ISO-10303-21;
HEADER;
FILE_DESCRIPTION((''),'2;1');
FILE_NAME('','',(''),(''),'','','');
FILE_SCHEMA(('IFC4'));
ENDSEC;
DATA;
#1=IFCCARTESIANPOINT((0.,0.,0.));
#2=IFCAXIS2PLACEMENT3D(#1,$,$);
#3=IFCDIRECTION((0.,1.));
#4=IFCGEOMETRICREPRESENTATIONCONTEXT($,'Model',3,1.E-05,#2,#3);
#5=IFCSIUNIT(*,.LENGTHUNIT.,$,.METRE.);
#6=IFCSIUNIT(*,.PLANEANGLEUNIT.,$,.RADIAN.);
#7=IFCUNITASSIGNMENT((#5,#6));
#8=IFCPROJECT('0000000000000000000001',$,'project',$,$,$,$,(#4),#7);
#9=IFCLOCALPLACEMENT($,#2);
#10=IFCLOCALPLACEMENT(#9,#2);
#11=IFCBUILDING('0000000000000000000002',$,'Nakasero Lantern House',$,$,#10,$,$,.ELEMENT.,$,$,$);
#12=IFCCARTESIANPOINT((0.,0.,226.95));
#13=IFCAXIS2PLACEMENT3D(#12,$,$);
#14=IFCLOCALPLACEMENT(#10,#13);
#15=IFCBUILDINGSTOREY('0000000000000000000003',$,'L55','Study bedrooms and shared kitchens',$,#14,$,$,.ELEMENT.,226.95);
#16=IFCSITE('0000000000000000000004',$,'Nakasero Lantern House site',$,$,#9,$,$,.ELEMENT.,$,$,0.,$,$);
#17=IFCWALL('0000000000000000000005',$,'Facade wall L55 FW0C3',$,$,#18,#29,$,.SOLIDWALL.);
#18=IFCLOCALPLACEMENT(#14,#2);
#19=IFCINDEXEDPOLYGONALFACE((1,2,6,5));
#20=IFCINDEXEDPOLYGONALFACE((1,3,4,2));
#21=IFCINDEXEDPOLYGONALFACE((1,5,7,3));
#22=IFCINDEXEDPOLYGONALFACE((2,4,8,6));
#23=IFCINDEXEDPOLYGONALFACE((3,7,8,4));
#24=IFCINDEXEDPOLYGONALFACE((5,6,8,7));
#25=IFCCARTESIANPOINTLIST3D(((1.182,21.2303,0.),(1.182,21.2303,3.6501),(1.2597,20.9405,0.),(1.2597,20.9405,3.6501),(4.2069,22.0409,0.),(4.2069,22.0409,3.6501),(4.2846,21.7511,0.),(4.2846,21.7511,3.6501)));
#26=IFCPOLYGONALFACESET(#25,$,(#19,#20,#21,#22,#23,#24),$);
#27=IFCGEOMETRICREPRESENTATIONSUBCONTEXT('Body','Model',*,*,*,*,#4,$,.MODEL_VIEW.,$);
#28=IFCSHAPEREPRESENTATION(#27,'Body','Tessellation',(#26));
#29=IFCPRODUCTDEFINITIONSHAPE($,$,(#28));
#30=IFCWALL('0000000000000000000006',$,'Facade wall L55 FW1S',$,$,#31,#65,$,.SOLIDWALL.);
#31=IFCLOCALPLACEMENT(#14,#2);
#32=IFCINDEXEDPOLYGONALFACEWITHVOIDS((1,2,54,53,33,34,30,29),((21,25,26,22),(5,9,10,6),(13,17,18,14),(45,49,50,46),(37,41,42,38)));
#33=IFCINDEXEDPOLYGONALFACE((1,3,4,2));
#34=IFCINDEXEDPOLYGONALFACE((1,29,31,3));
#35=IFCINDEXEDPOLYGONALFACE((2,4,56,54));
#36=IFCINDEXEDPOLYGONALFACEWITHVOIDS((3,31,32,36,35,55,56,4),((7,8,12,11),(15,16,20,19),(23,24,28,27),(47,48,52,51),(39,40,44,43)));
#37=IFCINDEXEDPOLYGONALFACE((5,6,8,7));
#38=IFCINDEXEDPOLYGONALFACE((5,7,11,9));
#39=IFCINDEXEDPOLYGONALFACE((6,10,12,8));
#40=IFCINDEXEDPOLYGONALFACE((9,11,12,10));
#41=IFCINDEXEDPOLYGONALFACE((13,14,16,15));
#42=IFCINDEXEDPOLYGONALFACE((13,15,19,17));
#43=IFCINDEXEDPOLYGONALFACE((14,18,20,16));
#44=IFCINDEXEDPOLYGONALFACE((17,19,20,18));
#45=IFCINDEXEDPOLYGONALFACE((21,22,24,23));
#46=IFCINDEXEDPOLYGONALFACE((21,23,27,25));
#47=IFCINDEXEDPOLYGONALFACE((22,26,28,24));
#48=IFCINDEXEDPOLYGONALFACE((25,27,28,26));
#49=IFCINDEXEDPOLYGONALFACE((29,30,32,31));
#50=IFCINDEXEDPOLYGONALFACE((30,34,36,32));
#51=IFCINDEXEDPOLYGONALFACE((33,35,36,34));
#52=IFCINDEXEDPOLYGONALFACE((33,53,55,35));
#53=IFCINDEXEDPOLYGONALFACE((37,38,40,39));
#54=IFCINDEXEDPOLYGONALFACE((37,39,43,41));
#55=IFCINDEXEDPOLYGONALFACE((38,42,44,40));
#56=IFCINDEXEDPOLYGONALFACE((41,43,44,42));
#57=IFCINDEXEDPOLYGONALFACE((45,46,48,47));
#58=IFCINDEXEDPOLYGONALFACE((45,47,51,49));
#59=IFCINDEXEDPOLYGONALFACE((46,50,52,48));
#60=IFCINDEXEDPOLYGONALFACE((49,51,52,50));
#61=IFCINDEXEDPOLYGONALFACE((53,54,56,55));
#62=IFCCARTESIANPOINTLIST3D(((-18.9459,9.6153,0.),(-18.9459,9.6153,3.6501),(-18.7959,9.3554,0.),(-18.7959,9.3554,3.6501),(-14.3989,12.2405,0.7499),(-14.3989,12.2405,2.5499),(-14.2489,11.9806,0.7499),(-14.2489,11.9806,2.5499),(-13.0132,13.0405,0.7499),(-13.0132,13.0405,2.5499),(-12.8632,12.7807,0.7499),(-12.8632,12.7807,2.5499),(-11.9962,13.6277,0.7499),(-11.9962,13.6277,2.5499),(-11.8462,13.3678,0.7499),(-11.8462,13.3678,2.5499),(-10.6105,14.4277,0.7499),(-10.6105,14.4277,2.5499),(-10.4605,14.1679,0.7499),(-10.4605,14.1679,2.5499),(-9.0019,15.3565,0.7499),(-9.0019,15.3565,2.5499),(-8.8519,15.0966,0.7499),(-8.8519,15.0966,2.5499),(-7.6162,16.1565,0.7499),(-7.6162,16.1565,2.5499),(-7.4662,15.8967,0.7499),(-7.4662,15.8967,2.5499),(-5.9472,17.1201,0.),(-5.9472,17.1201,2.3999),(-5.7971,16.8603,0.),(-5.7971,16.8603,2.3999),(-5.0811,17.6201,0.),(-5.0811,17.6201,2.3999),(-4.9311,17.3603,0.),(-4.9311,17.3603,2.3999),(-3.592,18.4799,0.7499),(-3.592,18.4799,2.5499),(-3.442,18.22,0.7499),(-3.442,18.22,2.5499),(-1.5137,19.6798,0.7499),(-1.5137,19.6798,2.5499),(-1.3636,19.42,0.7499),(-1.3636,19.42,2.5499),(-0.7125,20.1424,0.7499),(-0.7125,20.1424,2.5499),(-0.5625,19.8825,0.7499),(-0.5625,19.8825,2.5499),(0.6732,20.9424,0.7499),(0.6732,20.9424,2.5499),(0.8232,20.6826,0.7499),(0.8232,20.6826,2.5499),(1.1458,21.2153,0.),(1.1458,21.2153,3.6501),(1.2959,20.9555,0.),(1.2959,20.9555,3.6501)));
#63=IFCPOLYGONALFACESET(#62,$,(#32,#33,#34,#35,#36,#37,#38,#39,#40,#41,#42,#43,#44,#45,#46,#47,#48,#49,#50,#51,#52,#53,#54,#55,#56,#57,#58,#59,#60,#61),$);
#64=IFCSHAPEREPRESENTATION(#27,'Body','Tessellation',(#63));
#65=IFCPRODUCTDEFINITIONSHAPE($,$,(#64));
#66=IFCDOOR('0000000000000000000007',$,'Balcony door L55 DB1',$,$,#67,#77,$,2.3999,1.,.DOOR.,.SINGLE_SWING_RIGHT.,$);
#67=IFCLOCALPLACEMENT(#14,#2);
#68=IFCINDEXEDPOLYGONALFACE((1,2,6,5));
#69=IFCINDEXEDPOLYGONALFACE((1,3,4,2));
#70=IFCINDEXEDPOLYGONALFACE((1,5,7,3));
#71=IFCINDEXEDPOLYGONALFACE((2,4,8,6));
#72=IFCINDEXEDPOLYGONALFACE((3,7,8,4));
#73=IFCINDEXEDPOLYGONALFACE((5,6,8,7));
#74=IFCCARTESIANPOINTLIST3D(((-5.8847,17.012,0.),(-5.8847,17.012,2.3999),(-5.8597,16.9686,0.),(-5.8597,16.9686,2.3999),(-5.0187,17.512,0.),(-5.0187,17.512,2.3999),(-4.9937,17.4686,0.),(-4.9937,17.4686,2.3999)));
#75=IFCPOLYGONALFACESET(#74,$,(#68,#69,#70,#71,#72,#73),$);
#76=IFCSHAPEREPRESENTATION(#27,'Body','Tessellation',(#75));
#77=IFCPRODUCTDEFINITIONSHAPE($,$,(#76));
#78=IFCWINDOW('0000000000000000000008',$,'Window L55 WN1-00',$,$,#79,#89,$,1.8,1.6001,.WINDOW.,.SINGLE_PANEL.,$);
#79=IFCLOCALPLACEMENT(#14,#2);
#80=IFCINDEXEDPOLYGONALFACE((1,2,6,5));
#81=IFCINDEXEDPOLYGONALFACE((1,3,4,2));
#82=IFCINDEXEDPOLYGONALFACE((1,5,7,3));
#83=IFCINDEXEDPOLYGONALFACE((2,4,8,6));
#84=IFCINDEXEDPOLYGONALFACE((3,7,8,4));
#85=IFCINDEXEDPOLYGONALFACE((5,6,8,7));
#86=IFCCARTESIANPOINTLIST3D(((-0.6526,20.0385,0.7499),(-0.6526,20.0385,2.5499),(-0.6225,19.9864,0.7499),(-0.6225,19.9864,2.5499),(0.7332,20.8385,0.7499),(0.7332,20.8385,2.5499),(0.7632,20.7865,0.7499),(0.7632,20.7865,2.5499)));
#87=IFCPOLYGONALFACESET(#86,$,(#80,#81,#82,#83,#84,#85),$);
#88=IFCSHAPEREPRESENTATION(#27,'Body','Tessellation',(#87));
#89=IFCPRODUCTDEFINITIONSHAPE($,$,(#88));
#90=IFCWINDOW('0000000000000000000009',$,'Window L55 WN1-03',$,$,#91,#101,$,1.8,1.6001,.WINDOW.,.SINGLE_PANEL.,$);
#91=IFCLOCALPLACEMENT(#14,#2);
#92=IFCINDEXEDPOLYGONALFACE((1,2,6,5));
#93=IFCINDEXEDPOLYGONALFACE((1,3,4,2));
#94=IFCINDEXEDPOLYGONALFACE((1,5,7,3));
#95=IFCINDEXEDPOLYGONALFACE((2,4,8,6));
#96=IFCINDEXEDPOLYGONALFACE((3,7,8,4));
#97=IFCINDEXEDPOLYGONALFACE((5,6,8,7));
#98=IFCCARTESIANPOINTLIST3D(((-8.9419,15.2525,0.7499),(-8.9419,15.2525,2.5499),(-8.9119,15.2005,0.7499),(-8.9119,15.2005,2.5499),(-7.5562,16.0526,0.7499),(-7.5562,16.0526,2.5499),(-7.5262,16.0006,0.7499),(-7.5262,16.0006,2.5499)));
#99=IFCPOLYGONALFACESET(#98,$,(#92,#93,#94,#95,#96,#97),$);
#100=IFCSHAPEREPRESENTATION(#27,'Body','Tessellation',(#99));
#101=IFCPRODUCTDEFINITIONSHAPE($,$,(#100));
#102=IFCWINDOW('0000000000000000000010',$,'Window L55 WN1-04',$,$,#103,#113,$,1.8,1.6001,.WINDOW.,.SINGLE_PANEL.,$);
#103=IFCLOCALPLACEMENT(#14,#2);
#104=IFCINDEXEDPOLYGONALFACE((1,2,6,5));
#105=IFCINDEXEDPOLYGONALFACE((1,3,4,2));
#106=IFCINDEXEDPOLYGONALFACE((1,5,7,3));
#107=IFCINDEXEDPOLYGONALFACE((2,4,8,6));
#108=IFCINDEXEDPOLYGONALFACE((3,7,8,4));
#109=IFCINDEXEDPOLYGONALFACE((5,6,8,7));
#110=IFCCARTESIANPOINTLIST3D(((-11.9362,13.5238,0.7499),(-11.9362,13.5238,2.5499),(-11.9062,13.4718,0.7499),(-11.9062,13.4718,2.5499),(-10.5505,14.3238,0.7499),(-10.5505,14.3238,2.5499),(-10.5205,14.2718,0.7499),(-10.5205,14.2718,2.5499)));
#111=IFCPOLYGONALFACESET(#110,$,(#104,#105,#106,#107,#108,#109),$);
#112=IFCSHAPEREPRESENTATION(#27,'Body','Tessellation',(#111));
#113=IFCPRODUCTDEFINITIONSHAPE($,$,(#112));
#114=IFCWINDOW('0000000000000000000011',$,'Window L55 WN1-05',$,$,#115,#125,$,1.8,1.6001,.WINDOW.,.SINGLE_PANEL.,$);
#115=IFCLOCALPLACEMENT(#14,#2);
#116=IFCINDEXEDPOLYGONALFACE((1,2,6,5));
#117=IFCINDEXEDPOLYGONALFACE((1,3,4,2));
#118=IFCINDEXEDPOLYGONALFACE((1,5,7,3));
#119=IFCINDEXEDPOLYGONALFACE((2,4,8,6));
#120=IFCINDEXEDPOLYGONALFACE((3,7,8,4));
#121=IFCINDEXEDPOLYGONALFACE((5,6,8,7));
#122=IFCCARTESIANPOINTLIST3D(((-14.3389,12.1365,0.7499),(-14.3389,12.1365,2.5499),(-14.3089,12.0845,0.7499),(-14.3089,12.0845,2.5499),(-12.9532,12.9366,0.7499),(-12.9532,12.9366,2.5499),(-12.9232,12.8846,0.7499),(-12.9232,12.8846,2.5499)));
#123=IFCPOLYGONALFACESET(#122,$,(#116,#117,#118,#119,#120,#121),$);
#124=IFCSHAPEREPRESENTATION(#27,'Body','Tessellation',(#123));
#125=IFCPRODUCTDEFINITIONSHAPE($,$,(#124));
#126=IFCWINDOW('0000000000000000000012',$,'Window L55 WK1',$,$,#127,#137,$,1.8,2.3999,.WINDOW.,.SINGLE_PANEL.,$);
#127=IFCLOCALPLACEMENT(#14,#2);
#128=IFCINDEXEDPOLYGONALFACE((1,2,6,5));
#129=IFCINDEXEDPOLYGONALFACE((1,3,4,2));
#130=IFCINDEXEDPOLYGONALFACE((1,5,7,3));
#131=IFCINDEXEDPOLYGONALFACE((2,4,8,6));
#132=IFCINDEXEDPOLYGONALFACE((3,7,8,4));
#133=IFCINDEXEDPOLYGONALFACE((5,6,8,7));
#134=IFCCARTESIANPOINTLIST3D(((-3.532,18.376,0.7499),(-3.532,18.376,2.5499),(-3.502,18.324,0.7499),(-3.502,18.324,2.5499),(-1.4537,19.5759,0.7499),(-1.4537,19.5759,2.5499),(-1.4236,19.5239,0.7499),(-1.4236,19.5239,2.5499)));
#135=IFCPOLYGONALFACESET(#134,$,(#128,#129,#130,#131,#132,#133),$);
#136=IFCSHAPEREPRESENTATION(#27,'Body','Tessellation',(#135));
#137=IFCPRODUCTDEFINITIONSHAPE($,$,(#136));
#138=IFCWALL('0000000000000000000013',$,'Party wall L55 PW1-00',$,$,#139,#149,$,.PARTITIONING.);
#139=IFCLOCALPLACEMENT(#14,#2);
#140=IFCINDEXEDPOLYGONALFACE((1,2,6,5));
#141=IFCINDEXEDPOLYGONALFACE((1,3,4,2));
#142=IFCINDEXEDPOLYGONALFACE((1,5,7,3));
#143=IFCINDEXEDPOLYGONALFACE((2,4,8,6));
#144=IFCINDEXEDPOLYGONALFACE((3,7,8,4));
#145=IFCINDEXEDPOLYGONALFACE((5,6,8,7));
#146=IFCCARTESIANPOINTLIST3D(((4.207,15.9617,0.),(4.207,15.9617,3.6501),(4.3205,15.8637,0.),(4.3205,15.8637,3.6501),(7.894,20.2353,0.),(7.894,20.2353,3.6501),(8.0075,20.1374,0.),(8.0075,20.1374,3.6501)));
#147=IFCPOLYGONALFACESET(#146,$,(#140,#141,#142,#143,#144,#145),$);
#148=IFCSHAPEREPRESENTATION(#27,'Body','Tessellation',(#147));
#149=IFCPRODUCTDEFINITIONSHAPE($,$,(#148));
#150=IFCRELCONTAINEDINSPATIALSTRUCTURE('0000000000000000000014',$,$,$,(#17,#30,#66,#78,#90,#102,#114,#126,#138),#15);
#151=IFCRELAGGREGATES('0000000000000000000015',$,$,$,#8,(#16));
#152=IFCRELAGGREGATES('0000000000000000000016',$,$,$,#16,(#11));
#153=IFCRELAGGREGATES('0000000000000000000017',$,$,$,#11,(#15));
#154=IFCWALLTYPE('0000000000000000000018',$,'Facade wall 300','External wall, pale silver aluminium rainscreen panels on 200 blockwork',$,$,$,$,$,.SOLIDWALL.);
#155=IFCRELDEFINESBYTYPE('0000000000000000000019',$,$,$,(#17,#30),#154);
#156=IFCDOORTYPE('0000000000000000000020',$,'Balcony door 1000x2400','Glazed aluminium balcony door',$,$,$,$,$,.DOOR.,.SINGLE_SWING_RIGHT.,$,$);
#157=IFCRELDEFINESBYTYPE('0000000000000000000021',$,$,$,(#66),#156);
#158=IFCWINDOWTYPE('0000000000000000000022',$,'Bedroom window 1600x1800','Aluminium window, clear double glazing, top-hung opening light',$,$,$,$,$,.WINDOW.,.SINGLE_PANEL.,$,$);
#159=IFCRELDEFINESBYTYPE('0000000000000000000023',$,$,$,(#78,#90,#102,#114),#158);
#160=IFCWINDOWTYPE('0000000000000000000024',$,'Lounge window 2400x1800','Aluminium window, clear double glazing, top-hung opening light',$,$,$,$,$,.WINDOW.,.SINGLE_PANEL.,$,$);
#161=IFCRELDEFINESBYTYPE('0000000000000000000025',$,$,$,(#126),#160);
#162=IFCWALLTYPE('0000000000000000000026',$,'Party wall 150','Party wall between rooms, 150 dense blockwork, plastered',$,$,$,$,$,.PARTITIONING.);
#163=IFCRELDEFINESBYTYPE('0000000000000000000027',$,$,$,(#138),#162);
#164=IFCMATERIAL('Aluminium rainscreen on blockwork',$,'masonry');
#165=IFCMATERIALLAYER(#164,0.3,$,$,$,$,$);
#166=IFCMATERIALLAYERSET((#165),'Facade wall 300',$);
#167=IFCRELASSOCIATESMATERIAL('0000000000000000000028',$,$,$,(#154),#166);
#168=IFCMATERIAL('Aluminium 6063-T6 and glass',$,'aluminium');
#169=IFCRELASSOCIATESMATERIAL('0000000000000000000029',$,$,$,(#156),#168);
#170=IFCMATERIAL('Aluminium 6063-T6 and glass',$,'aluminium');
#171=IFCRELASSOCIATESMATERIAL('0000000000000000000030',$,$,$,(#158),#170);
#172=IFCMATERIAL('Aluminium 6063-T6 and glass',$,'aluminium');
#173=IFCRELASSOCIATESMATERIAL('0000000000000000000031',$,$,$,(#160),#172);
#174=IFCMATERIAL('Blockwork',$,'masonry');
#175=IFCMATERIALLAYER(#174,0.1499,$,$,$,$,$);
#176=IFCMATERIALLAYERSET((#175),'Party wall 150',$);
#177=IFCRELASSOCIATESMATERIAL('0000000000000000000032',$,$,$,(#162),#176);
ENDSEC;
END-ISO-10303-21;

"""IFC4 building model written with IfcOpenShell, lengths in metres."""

from ifc_helpers import new_model, si_unit, direction, frame, frame_2d, origin, place, context, subcontext, project, spatial, rectangle, extrude, material, layer, layer_set, type_object, element, fill, save


model = new_model("IFC4")

# Units and contexts
model_context = context("Model", 3, precision=1e-05, world=origin(), true_north=direction((0.0, 1.0)))
body_context = subcontext(model_context, "Body", "Model", "MODEL_VIEW")
ifc_project = project(units=[si_unit("LENGTHUNIT", "METRE"), si_unit("PLANEANGLEUNIT", "RADIAN")], contexts=[model_context])

# Site, building, storey
site_placement = place(None, origin())
site = spatial("IfcSite", under=ifc_project, at=site_placement, Name="Nakasero Lantern House site", CompositionType="ELEMENT", RefElevation=0.0)
building_placement = place(site_placement, origin())
building = spatial("IfcBuilding", under=site, at=building_placement, Name="Nakasero Lantern House", CompositionType="ELEMENT")
storey_placement = place(building_placement, frame((0.0, 0.0, 226.95)))
storey = spatial("IfcBuildingStorey", under=building, at=storey_placement, Name="L55", Description="Study bedrooms and shared kitchens", CompositionType="ELEMENT", Elevation=226.95)

# Wall
ifc_material_1 = material(Name="Aluminium rainscreen on blockwork", Category="masonry")
ifc_layer_1 = layer(ifc_material_1, 0.3)
ifc_layer_set_1 = layer_set([ifc_layer_1], Name="Facade wall 300")
wall_type_1 = type_object("IfcWallType", Name="Facade wall 300", Description="External wall, pale silver aluminium rainscreen panels on 200 blockwork", PredefinedType="SOLIDWALL", material=ifc_layer_set_1)
wall_1_placement = place(storey_placement, frame((4.2458, 21.896, 0.0), z_axis=(0.0, 0.0, 1.0), x_axis=(-0.965924, -0.258827, 0.0)))
element("IfcWall", 1, at=wall_1_placement, inside=storey, type_object=wall_type_1, Name="Facade wall L55 FW0C3", PredefinedType="SOLIDWALL", context=body_context, shape_type="SweptSolid", body=[
    extrude(rectangle(XDim=3.1316, YDim=0.3, at=frame_2d((1.5659, 0.0))), origin(), (0.0, 0.0, 1.0), 3.6501),
])

# Wall, openings, door, windows
wall_2_placement = place(storey_placement, frame((1.2209, 21.0854, 0.0), z_axis=(0.0, 0.0, 1.0), x_axis=(-0.866024, -0.500003, 0.0)))
wall_2 = element("IfcWall", 2, at=wall_2_placement, inside=storey, type_object=wall_type_1, Name="Facade wall L55 FW1S", PredefinedType="SOLIDWALL", context=body_context, shape_type="SweptSolid", body=[
    extrude(rectangle(XDim=23.2, YDim=0.3, at=frame_2d((11.6001, 0.0))), origin(), (0.0, 0.0, 1.0), 3.6501),
])
opening_1_placement = place(wall_2_placement, frame((0.5459, 0.0, 0.75)))
opening_1 = element("IfcOpeningElement", 3, at=opening_1_placement, cuts=wall_2, PredefinedType="OPENING", context=body_context, shape_type="SweptSolid", body=[
    extrude(rectangle(XDim=1.6001, YDim=1.8, at=frame_2d((0.8, 0.8999))), frame((0.0, 0.1699, 0.0), z_axis=(0.0, -1.0, 0.0), x_axis=(1.0, 0.0, 0.0)), (0.0, 0.0, 1.0), 0.3401),
])
opening_2_placement = place(wall_2_placement, frame((10.1177, 0.0, 0.75)))
opening_2 = element("IfcOpeningElement", 4, at=opening_2_placement, cuts=wall_2, PredefinedType="OPENING", context=body_context, shape_type="SweptSolid", body=[
    extrude(rectangle(XDim=1.6001, YDim=1.8, at=frame_2d((0.8, 0.8999))), frame((0.0, 0.1699, 0.0), z_axis=(0.0, -1.0, 0.0), x_axis=(1.0, 0.0, 0.0)), (0.0, 0.0, 1.0), 0.3401),
])
opening_3_placement = place(wall_2_placement, frame((13.5752, 0.0, 0.75)))
opening_3 = element("IfcOpeningElement", 5, at=opening_3_placement, cuts=wall_2, PredefinedType="OPENING", context=body_context, shape_type="SweptSolid", body=[
    extrude(rectangle(XDim=1.6001, YDim=1.8, at=frame_2d((0.8, 0.8999))), frame((0.0, 0.1699, 0.0), z_axis=(0.0, -1.0, 0.0), x_axis=(1.0, 0.0, 0.0)), (0.0, 0.0, 1.0), 0.3401),
])
opening_4_placement = place(wall_2_placement, frame((16.3496, 0.0, 0.75)))
opening_4 = element("IfcOpeningElement", 6, at=opening_4_placement, cuts=wall_2, PredefinedType="OPENING", context=body_context, shape_type="SweptSolid", body=[
    extrude(rectangle(XDim=1.6001, YDim=1.8, at=frame_2d((0.8, 0.8999))), frame((0.0, 0.1699, 0.0), z_axis=(0.0, -1.0, 0.0), x_axis=(1.0, 0.0, 0.0)), (0.0, 0.0, 1.0), 0.3401),
])
opening_5_placement = place(wall_2_placement, frame((3.071, 0.0, 0.75)))
opening_5 = element("IfcOpeningElement", 7, at=opening_5_placement, cuts=wall_2, PredefinedType="OPENING", context=body_context, shape_type="SweptSolid", body=[
    extrude(rectangle(XDim=2.3999, YDim=1.8, at=frame_2d((1.2, 0.8999))), frame((0.0, 0.1699, 0.0), z_axis=(0.0, -1.0, 0.0), x_axis=(1.0, 0.0, 0.0)), (0.0, 0.0, 1.0), 0.3401),
])
opening_6_placement = place(wall_2_placement, frame((7.1904, 0.0, 0.0)))
opening_6 = element("IfcOpeningElement", 8, at=opening_6_placement, cuts=wall_2, PredefinedType="OPENING", context=body_context, shape_type="SweptSolid", body=[
    extrude(rectangle(XDim=1.0, YDim=2.3999, at=frame_2d((0.5, 1.2))), frame((0.0, 0.1699, 0.0), z_axis=(0.0, -1.0, 0.0), x_axis=(1.0, 0.0, 0.0)), (0.0, 0.0, 1.0), 0.3401),
])
ifc_material_2 = material(Name="Aluminium 6063-T6 and glass", Category="aluminium")
door_type_1 = type_object("IfcDoorType", Name="Balcony door 1000x2400", Description="Glazed aluminium balcony door", OperationType="SINGLE_SWING_RIGHT", PredefinedType="DOOR", material=ifc_material_2)
door_1_placement = place(opening_6_placement, origin())
door_1 = element("IfcDoor", 9, at=door_1_placement, inside=storey, type_object=door_type_1, Name="Balcony door L55 DB1", OperationType="SINGLE_SWING_RIGHT", OverallHeight=2.3999, OverallWidth=1.0, PredefinedType="DOOR", context=body_context, shape_type="SweptSolid", body=[
    extrude(rectangle(XDim=1.0, YDim=2.3999, at=frame_2d((0.5, 1.2))), frame((0.0, 0.0249, 0.0), z_axis=(0.0, -1.0, 0.0), x_axis=(1.0, 0.0, 0.0)), (0.0, 0.0, 1.0), 0.05),
])
fill(opening_6, door_1)
ifc_material_3 = material(Name="Aluminium 6063-T6 and glass", Category="aluminium")
window_type_1 = type_object("IfcWindowType", Name="Bedroom window 1600x1800", Description="Aluminium window, clear double glazing, top-hung opening light", PartitioningType="SINGLE_PANEL", PredefinedType="WINDOW", material=ifc_material_3)
window_1_placement = place(opening_1_placement, origin())
window_1 = element("IfcWindow", 10, at=window_1_placement, inside=storey, type_object=window_type_1, Name="Window L55 WN1-00", OverallHeight=1.8, OverallWidth=1.6001, PartitioningType="SINGLE_PANEL", PredefinedType="WINDOW", context=body_context, shape_type="SweptSolid", body=[
    extrude(rectangle(XDim=1.6001, YDim=1.8, at=frame_2d((0.8, 0.8999))), frame((0.0, 0.03, 0.0), z_axis=(0.0, -1.0, 0.0), x_axis=(1.0, 0.0, 0.0)), (0.0, 0.0, 1.0), 0.0601),
])
fill(opening_1, window_1)
window_2_placement = place(opening_2_placement, origin())
window_2 = element("IfcWindow", 11, at=window_2_placement, inside=storey, type_object=window_type_1, Name="Window L55 WN1-03", OverallHeight=1.8, OverallWidth=1.6001, PartitioningType="SINGLE_PANEL", PredefinedType="WINDOW", context=body_context, shape_type="SweptSolid", body=[
    extrude(rectangle(XDim=1.6001, YDim=1.8, at=frame_2d((0.8, 0.8999))), frame((0.0, 0.03, 0.0), z_axis=(0.0, -1.0, 0.0), x_axis=(1.0, 0.0, 0.0)), (0.0, 0.0, 1.0), 0.0601),
])
fill(opening_2, window_2)
window_3_placement = place(opening_3_placement, origin())
window_3 = element("IfcWindow", 12, at=window_3_placement, inside=storey, type_object=window_type_1, Name="Window L55 WN1-04", OverallHeight=1.8, OverallWidth=1.6001, PartitioningType="SINGLE_PANEL", PredefinedType="WINDOW", context=body_context, shape_type="SweptSolid", body=[
    extrude(rectangle(XDim=1.6001, YDim=1.8, at=frame_2d((0.8, 0.8999))), frame((0.0, 0.03, 0.0), z_axis=(0.0, -1.0, 0.0), x_axis=(1.0, 0.0, 0.0)), (0.0, 0.0, 1.0), 0.0601),
])
fill(opening_3, window_3)
window_4_placement = place(opening_4_placement, origin())
window_4 = element("IfcWindow", 13, at=window_4_placement, inside=storey, type_object=window_type_1, Name="Window L55 WN1-05", OverallHeight=1.8, OverallWidth=1.6001, PartitioningType="SINGLE_PANEL", PredefinedType="WINDOW", context=body_context, shape_type="SweptSolid", body=[
    extrude(rectangle(XDim=1.6001, YDim=1.8, at=frame_2d((0.8, 0.8999))), frame((0.0, 0.03, 0.0), z_axis=(0.0, -1.0, 0.0), x_axis=(1.0, 0.0, 0.0)), (0.0, 0.0, 1.0), 0.0601),
])
fill(opening_4, window_4)
ifc_material_4 = material(Name="Aluminium 6063-T6 and glass", Category="aluminium")
window_type_2 = type_object("IfcWindowType", Name="Lounge window 2400x1800", Description="Aluminium window, clear double glazing, top-hung opening light", PartitioningType="SINGLE_PANEL", PredefinedType="WINDOW", material=ifc_material_4)
window_5_placement = place(opening_5_placement, origin())
window_5 = element("IfcWindow", 14, at=window_5_placement, inside=storey, type_object=window_type_2, Name="Window L55 WK1", OverallHeight=1.8, OverallWidth=2.3999, PartitioningType="SINGLE_PANEL", PredefinedType="WINDOW", context=body_context, shape_type="SweptSolid", body=[
    extrude(rectangle(XDim=2.3999, YDim=1.8, at=frame_2d((1.2, 0.8999))), frame((0.0, 0.03, 0.0), z_axis=(0.0, -1.0, 0.0), x_axis=(1.0, 0.0, 0.0)), (0.0, 0.0, 1.0), 0.0601),
])
fill(opening_5, window_5)

# Wall
ifc_material_5 = material(Name="Blockwork", Category="masonry")
ifc_layer_2 = layer(ifc_material_5, 0.1499)
ifc_layer_set_2 = layer_set([ifc_layer_2], Name="Party wall 150")
wall_type_2 = type_object("IfcWallType", Name="Party wall 150", Description="Party wall between rooms, 150 dense blockwork, plastered", PredefinedType="PARTITIONING", material=ifc_layer_set_2)
wall_3_placement = place(storey_placement, frame((4.2637, 15.9126, 0.0), z_axis=(0.0, 0.0, 1.0), x_axis=(0.653225, 0.757164, 0.0)))
element("IfcWall", 15, at=wall_3_placement, inside=storey, type_object=wall_type_2, Name="Party wall L55 PW1-00", PredefinedType="PARTITIONING", context=body_context, shape_type="SweptSolid", body=[
    extrude(rectangle(XDim=5.6443, YDim=0.1499, at=frame_2d((2.8223, 0.0))), origin(), (0.0, 0.0, 1.0), 3.6501),
])

save(model, "model.ifc")
